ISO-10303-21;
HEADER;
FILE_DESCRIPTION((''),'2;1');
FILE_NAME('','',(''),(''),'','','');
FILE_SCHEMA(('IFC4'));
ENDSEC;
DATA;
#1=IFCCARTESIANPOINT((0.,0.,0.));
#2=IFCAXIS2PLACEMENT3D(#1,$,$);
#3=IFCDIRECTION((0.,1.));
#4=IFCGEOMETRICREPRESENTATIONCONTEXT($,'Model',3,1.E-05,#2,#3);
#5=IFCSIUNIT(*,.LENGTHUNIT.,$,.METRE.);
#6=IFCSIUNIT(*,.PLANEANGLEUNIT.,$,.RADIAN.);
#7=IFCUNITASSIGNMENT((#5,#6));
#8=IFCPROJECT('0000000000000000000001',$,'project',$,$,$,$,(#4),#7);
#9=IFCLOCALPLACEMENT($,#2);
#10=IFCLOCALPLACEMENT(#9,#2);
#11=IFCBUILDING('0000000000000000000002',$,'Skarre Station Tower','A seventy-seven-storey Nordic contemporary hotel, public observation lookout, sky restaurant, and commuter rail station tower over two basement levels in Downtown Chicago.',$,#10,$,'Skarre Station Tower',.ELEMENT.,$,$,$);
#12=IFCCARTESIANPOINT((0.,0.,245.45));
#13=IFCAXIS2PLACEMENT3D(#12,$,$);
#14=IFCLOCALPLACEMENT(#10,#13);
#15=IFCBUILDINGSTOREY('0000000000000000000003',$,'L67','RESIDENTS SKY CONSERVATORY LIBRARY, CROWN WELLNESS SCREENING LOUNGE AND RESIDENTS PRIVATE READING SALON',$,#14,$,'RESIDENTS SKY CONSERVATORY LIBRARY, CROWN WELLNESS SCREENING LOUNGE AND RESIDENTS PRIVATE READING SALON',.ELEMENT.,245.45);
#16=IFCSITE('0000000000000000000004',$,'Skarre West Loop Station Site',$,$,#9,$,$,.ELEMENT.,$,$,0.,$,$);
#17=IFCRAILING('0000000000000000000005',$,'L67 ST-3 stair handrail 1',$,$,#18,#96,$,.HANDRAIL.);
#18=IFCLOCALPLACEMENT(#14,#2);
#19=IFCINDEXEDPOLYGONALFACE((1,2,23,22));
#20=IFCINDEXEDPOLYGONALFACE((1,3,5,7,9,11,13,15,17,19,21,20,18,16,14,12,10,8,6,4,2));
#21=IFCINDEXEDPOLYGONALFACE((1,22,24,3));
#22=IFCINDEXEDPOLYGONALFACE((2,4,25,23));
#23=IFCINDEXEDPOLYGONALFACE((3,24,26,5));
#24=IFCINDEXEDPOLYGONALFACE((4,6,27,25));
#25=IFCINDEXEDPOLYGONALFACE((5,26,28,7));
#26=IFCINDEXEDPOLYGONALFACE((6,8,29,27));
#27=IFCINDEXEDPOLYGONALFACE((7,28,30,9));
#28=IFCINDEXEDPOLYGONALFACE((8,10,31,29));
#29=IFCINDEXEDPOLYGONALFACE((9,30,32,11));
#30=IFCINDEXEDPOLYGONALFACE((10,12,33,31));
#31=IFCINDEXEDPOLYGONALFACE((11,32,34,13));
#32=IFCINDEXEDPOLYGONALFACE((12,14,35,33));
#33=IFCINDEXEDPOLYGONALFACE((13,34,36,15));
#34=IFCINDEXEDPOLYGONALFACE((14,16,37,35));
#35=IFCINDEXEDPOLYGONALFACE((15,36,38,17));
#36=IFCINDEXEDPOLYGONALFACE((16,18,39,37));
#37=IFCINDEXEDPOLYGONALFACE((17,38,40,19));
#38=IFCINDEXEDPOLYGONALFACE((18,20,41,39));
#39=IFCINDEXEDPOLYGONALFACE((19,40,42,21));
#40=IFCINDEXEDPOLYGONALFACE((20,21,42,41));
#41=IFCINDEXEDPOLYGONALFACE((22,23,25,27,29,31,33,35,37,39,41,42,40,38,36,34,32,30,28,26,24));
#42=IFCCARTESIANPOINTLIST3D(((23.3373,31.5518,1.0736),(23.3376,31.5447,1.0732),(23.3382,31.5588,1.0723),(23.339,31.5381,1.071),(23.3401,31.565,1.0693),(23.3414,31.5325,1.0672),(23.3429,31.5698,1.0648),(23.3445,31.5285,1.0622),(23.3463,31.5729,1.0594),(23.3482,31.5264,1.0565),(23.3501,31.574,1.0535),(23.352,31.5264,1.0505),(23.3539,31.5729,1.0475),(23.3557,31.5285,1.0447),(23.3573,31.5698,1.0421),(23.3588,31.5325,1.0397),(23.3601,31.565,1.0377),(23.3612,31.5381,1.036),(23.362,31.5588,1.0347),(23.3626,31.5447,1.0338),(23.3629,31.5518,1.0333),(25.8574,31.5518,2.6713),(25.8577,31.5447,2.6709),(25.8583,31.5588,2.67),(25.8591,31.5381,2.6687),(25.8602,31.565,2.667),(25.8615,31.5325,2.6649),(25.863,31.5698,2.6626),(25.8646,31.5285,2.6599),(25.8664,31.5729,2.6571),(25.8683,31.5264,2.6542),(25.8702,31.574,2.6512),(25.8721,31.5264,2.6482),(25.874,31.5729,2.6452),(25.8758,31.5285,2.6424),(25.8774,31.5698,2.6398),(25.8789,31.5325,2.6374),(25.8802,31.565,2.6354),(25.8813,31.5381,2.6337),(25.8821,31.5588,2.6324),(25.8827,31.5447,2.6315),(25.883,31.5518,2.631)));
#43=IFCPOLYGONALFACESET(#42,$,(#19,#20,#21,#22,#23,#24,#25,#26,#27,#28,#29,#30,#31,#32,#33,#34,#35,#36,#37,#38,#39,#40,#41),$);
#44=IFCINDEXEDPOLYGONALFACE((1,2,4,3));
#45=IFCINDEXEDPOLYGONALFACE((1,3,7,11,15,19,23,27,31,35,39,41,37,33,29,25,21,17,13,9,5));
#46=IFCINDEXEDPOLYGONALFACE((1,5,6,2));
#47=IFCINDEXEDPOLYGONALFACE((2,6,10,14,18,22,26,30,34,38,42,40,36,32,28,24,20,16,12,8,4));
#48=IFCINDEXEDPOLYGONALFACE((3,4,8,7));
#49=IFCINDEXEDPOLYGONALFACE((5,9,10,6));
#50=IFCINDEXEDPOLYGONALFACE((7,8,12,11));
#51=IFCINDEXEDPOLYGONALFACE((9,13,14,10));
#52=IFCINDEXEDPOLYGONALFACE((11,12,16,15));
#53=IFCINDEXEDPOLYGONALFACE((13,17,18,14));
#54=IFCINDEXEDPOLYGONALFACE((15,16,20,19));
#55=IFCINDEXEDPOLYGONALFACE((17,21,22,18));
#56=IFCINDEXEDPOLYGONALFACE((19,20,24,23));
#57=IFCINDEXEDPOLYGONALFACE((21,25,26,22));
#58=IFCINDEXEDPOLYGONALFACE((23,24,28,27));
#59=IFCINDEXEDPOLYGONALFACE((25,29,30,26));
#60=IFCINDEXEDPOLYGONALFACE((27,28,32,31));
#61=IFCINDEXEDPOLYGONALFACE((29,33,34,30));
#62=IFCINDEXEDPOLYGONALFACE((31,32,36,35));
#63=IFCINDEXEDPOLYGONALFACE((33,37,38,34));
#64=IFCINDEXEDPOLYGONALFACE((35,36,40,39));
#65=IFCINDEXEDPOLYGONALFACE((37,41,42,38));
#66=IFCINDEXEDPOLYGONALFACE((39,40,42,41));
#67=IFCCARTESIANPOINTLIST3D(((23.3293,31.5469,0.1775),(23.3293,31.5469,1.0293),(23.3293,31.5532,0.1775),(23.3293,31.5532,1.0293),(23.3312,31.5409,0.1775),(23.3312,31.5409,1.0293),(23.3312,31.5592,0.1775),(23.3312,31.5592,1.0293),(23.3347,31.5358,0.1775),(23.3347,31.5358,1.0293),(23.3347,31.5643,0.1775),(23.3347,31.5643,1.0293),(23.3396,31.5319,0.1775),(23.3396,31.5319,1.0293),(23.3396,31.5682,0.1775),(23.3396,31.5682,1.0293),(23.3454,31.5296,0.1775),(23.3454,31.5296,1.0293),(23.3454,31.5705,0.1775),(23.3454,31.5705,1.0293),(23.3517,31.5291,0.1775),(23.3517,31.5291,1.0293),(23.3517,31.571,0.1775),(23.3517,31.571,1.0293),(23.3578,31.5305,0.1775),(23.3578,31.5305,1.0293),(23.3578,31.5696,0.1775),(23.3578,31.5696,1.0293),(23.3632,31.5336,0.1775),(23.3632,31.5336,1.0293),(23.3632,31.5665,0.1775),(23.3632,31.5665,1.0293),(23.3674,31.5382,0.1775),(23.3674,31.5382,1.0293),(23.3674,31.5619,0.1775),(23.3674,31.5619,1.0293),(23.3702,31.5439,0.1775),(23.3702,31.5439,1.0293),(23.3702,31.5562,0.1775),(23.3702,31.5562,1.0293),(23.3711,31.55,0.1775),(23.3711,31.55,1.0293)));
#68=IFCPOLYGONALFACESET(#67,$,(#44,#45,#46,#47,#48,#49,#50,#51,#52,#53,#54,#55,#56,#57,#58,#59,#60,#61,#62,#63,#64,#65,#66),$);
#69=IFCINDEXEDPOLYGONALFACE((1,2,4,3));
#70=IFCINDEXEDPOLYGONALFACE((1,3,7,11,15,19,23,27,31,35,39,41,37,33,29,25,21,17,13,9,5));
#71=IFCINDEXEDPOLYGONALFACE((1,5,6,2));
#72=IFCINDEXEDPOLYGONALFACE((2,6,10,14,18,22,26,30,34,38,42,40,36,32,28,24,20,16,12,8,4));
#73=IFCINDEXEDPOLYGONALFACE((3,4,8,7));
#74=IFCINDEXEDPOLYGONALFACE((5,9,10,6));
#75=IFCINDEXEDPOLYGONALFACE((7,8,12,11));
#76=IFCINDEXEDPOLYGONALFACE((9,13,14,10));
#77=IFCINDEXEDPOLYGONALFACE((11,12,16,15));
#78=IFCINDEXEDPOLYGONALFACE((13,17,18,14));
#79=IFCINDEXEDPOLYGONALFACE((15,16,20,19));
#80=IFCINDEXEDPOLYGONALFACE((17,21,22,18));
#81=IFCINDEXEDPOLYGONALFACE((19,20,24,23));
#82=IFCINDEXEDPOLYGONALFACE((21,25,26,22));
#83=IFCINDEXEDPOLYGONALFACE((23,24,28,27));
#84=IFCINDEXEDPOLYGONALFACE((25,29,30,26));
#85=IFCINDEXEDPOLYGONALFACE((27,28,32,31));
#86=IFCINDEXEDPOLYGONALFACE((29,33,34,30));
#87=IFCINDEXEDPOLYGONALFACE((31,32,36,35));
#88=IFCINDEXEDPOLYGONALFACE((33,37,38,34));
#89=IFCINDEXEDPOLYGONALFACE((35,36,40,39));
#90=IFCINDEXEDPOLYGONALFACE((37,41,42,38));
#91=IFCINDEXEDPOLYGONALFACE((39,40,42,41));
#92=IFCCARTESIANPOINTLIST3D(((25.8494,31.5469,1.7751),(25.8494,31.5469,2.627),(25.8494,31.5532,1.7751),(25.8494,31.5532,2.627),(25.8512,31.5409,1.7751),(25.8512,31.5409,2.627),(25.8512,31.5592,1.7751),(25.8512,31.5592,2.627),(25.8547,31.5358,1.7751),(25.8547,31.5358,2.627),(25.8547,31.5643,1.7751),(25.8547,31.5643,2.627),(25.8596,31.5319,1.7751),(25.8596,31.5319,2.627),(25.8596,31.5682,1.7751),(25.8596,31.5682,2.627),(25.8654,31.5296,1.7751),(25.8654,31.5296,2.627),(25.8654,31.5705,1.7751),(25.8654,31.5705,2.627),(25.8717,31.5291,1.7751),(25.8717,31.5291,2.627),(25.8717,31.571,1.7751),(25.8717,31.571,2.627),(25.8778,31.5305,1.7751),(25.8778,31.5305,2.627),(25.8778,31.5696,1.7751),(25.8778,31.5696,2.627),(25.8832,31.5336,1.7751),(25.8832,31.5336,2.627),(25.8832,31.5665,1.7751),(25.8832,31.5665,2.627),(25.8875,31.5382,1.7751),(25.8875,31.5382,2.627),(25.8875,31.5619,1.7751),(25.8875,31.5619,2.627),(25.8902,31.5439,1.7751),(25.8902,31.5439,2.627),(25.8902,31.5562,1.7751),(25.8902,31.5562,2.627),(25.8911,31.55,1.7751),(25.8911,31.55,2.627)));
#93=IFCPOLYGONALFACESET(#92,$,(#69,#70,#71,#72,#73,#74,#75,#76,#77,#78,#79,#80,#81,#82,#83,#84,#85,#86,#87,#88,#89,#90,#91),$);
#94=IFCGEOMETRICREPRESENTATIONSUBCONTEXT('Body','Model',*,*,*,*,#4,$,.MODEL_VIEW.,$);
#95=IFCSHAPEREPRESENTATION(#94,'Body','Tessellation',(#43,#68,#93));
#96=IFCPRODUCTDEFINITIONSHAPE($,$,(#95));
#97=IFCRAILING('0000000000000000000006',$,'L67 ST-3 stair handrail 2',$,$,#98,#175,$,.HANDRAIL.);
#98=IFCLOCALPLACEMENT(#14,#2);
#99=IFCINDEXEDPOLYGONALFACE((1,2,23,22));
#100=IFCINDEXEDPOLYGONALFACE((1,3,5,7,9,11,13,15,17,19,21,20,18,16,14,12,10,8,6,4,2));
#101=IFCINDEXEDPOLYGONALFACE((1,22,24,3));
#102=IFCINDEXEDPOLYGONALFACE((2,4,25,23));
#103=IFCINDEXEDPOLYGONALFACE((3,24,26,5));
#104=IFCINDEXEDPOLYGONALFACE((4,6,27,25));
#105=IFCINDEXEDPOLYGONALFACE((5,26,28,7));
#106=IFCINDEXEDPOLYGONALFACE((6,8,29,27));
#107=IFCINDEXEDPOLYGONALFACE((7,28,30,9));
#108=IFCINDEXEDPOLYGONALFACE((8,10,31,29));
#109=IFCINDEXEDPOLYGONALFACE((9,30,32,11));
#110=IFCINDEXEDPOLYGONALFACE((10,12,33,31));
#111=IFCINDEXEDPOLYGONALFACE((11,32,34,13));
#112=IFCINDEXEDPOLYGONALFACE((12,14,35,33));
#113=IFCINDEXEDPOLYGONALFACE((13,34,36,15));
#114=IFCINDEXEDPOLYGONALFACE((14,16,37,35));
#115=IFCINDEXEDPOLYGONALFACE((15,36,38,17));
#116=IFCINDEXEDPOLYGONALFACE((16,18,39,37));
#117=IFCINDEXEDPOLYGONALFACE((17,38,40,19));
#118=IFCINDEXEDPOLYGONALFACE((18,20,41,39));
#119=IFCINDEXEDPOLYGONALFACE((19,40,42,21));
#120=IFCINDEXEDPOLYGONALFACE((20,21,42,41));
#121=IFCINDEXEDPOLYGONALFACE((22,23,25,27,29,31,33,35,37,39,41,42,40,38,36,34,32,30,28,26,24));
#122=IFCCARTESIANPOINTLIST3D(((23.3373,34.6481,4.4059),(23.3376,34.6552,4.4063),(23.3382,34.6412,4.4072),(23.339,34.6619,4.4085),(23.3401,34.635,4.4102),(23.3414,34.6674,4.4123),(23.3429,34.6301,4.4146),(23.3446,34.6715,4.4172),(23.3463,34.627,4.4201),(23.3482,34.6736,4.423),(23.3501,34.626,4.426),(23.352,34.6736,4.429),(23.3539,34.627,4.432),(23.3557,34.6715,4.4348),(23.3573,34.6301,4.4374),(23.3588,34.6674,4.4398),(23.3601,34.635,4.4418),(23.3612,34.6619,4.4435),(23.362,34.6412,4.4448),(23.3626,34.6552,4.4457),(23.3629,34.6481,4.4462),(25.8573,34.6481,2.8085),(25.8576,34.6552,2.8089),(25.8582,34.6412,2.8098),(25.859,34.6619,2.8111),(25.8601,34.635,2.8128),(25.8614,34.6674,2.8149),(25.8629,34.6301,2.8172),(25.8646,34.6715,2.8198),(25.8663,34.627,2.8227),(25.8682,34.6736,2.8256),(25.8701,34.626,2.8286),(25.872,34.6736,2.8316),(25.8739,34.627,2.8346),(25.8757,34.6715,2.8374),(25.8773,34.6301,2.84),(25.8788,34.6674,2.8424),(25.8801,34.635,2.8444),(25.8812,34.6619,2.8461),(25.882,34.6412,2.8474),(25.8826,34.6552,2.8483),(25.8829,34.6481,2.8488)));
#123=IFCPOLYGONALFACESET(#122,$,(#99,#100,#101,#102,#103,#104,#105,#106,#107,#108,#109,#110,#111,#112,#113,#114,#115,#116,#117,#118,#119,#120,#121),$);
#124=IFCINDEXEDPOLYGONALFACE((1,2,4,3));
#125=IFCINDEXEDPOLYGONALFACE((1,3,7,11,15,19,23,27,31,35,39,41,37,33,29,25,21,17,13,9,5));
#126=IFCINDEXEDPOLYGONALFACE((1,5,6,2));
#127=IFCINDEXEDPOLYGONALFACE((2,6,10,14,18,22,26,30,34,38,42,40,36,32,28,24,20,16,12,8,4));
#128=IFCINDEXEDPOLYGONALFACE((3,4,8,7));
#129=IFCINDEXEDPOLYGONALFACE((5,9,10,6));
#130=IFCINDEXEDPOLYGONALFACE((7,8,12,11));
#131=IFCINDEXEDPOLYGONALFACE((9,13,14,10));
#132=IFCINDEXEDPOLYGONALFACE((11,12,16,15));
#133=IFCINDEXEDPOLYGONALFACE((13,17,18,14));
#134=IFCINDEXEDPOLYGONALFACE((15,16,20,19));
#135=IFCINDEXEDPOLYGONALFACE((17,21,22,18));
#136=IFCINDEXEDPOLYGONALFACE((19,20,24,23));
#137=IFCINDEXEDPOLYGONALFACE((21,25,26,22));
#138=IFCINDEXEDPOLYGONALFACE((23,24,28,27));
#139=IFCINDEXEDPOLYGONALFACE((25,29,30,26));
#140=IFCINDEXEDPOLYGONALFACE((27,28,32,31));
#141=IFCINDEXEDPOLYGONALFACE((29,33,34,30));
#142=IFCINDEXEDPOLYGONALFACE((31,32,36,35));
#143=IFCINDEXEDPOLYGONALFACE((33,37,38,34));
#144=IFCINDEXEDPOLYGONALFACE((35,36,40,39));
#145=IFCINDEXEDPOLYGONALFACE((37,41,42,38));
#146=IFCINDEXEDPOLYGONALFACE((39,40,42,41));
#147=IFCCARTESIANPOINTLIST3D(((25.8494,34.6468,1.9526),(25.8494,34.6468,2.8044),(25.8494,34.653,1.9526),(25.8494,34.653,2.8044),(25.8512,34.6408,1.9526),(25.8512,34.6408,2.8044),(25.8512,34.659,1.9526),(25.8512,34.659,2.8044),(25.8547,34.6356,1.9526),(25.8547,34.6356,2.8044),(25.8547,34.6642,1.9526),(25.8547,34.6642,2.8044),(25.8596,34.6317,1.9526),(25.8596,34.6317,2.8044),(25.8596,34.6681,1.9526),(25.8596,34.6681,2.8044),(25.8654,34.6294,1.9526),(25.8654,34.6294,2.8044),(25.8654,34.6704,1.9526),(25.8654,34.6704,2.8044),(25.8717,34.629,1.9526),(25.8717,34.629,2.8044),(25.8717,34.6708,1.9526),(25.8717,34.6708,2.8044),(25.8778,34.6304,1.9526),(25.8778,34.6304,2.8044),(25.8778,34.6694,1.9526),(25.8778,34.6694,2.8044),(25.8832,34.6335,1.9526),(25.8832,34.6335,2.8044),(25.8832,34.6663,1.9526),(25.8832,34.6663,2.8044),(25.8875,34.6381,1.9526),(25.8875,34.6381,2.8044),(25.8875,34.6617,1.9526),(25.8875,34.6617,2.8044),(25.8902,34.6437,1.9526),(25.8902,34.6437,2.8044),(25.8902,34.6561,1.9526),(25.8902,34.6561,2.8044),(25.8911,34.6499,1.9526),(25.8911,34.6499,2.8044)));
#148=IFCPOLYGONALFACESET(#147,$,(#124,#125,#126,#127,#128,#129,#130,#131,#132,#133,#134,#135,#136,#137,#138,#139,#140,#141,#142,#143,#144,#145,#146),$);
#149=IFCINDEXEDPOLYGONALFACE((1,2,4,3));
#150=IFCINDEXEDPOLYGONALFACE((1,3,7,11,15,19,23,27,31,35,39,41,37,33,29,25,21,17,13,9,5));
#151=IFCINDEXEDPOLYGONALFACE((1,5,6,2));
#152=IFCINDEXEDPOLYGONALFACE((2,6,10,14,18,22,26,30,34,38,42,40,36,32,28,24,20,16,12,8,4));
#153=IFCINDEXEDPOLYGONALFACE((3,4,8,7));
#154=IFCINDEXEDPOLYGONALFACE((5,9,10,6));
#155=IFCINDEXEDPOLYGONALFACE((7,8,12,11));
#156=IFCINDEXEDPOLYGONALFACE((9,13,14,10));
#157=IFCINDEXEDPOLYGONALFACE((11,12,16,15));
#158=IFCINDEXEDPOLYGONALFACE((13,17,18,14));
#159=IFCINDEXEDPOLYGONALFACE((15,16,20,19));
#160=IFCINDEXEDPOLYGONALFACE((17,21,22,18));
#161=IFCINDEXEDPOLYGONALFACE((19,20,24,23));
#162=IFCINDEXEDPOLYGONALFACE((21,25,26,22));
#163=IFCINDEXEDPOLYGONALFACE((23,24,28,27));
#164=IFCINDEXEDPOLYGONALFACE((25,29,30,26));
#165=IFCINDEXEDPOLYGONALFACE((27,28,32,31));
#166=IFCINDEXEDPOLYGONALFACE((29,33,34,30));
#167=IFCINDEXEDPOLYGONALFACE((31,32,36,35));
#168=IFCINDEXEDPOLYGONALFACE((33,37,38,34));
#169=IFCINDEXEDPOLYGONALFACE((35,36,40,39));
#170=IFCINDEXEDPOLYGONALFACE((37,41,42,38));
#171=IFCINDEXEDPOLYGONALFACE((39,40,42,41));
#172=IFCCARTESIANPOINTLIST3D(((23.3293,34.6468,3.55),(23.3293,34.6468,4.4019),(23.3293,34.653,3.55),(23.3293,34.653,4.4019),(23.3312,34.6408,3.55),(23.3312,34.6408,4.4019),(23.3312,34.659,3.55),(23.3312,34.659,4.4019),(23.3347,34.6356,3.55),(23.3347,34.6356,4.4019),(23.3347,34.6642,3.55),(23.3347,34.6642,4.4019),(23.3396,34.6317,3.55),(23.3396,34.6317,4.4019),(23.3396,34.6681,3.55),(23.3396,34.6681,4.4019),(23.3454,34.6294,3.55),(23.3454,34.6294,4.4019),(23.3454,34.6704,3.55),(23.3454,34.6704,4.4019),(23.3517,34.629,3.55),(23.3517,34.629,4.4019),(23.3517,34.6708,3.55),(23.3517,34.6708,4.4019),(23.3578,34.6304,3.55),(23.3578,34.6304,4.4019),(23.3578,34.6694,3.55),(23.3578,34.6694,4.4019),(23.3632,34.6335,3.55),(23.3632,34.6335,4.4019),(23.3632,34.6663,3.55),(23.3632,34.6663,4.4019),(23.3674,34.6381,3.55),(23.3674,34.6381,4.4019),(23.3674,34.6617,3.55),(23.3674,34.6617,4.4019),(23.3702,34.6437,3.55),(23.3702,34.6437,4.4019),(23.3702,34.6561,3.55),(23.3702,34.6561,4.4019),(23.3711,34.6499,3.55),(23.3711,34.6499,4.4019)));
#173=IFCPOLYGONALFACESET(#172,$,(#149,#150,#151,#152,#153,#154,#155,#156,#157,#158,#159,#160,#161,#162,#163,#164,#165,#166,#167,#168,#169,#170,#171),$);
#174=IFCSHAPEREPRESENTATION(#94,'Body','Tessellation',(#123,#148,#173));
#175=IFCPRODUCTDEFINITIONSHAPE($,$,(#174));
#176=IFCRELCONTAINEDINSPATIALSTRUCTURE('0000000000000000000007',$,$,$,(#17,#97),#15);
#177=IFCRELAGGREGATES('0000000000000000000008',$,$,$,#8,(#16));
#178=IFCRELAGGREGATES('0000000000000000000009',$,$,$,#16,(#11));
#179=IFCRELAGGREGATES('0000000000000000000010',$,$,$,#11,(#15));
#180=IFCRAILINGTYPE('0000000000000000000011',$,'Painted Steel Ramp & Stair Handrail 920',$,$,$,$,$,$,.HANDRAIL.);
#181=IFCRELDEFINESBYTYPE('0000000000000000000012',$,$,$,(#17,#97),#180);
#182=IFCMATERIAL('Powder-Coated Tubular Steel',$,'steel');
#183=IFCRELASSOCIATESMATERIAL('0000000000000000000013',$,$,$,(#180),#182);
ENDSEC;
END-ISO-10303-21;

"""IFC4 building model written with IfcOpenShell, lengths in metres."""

from ifc_helpers import new_model, si_unit, direction, frame, origin, origin_2d, place, context, subcontext, project, spatial, circle, extrude, material, type_object, element, save


model = new_model("IFC4")

# Units and contexts
model_context = context("Model", 3, precision=1e-05, world=origin(), true_north=direction((0.0, 1.0)))
body_context = subcontext(model_context, "Body", "Model", "MODEL_VIEW")
ifc_project = project(units=[si_unit("LENGTHUNIT", "METRE"), si_unit("PLANEANGLEUNIT", "RADIAN")], contexts=[model_context])

# Site, building, storey
site_placement = place(None, origin())
site = spatial("IfcSite", under=ifc_project, at=site_placement, Name="Skarre West Loop Station Site", CompositionType="ELEMENT", RefElevation=0.0)
building_placement = place(site_placement, origin())
building = spatial("IfcBuilding", under=site, at=building_placement, Name="Skarre Station Tower", Description="A seventy-seven-storey Nordic contemporary hotel, public observation lookout, sky restaurant, and commuter rail station tower over two basement levels in Downtown Chicago.", LongName="Skarre Station Tower", CompositionType="ELEMENT")
storey_placement = place(building_placement, frame((0.0, 0.0, 245.45)))
storey = spatial("IfcBuildingStorey", under=building, at=storey_placement, Name="L67", Description="RESIDENTS SKY CONSERVATORY LIBRARY, CROWN WELLNESS SCREENING LOUNGE AND RESIDENTS PRIVATE READING SALON", LongName="RESIDENTS SKY CONSERVATORY LIBRARY, CROWN WELLNESS SCREENING LOUNGE AND RESIDENTS PRIVATE READING SALON", CompositionType="ELEMENT", Elevation=245.45)

# Railings
ifc_material_1 = material(Name="Powder-Coated Tubular Steel", Category="steel")
railing_type_1 = type_object("IfcRailingType", Name="Painted Steel Ramp & Stair Handrail 920", PredefinedType="HANDRAIL", material=ifc_material_1)
railing_1_placement = place(storey_placement, frame((23.3501, 31.55, 0.1775)))
element("IfcRailing", 1, at=railing_1_placement, inside=storey, type_object=railing_type_1, Name="L67 ST-3 stair handrail 1", PredefinedType="HANDRAIL", context=body_context, shape_type="SweptSolid", body=[
    extrude(circle(Radius=0.0239, at=origin_2d()), frame((0.0, 0.0, 0.876), z_axis=(0.84457, 0.0, 0.535445), x_axis=(0.0, 1.0, 0.0)), (0.0, 0.0, 1.0), 2.9839),
    extrude(circle(Radius=0.021, at=origin_2d()), origin(), (0.0, 0.0, 1.0), 0.8518),
    extrude(circle(Radius=0.021, at=origin_2d()), frame((2.52, 0.0, 1.5977)), (0.0, 0.0, 1.0), 0.8518),
])
railing_2_placement = place(storey_placement, frame((25.8701, 34.6499, 1.9526)))
element("IfcRailing", 2, at=railing_2_placement, inside=storey, type_object=railing_type_1, Name="L67 ST-3 stair handrail 2", PredefinedType="HANDRAIL", context=body_context, shape_type="SweptSolid", body=[
    extrude(circle(Radius=0.0239, at=origin_2d()), frame((0.0, 0.0, 0.876), z_axis=(-0.844607, 0.0, 0.535387), x_axis=(0.0, -1.0, 0.0)), (0.0, 0.0, 1.0), 2.9836),
    extrude(circle(Radius=0.021, at=origin_2d()), origin(), (0.0, 0.0, 1.0), 0.8518),
    extrude(circle(Radius=0.021, at=origin_2d()), frame((-2.52, 0.0, 1.5974)), (0.0, 0.0, 1.0), 0.8518),
])

save(model, "model.ifc")
